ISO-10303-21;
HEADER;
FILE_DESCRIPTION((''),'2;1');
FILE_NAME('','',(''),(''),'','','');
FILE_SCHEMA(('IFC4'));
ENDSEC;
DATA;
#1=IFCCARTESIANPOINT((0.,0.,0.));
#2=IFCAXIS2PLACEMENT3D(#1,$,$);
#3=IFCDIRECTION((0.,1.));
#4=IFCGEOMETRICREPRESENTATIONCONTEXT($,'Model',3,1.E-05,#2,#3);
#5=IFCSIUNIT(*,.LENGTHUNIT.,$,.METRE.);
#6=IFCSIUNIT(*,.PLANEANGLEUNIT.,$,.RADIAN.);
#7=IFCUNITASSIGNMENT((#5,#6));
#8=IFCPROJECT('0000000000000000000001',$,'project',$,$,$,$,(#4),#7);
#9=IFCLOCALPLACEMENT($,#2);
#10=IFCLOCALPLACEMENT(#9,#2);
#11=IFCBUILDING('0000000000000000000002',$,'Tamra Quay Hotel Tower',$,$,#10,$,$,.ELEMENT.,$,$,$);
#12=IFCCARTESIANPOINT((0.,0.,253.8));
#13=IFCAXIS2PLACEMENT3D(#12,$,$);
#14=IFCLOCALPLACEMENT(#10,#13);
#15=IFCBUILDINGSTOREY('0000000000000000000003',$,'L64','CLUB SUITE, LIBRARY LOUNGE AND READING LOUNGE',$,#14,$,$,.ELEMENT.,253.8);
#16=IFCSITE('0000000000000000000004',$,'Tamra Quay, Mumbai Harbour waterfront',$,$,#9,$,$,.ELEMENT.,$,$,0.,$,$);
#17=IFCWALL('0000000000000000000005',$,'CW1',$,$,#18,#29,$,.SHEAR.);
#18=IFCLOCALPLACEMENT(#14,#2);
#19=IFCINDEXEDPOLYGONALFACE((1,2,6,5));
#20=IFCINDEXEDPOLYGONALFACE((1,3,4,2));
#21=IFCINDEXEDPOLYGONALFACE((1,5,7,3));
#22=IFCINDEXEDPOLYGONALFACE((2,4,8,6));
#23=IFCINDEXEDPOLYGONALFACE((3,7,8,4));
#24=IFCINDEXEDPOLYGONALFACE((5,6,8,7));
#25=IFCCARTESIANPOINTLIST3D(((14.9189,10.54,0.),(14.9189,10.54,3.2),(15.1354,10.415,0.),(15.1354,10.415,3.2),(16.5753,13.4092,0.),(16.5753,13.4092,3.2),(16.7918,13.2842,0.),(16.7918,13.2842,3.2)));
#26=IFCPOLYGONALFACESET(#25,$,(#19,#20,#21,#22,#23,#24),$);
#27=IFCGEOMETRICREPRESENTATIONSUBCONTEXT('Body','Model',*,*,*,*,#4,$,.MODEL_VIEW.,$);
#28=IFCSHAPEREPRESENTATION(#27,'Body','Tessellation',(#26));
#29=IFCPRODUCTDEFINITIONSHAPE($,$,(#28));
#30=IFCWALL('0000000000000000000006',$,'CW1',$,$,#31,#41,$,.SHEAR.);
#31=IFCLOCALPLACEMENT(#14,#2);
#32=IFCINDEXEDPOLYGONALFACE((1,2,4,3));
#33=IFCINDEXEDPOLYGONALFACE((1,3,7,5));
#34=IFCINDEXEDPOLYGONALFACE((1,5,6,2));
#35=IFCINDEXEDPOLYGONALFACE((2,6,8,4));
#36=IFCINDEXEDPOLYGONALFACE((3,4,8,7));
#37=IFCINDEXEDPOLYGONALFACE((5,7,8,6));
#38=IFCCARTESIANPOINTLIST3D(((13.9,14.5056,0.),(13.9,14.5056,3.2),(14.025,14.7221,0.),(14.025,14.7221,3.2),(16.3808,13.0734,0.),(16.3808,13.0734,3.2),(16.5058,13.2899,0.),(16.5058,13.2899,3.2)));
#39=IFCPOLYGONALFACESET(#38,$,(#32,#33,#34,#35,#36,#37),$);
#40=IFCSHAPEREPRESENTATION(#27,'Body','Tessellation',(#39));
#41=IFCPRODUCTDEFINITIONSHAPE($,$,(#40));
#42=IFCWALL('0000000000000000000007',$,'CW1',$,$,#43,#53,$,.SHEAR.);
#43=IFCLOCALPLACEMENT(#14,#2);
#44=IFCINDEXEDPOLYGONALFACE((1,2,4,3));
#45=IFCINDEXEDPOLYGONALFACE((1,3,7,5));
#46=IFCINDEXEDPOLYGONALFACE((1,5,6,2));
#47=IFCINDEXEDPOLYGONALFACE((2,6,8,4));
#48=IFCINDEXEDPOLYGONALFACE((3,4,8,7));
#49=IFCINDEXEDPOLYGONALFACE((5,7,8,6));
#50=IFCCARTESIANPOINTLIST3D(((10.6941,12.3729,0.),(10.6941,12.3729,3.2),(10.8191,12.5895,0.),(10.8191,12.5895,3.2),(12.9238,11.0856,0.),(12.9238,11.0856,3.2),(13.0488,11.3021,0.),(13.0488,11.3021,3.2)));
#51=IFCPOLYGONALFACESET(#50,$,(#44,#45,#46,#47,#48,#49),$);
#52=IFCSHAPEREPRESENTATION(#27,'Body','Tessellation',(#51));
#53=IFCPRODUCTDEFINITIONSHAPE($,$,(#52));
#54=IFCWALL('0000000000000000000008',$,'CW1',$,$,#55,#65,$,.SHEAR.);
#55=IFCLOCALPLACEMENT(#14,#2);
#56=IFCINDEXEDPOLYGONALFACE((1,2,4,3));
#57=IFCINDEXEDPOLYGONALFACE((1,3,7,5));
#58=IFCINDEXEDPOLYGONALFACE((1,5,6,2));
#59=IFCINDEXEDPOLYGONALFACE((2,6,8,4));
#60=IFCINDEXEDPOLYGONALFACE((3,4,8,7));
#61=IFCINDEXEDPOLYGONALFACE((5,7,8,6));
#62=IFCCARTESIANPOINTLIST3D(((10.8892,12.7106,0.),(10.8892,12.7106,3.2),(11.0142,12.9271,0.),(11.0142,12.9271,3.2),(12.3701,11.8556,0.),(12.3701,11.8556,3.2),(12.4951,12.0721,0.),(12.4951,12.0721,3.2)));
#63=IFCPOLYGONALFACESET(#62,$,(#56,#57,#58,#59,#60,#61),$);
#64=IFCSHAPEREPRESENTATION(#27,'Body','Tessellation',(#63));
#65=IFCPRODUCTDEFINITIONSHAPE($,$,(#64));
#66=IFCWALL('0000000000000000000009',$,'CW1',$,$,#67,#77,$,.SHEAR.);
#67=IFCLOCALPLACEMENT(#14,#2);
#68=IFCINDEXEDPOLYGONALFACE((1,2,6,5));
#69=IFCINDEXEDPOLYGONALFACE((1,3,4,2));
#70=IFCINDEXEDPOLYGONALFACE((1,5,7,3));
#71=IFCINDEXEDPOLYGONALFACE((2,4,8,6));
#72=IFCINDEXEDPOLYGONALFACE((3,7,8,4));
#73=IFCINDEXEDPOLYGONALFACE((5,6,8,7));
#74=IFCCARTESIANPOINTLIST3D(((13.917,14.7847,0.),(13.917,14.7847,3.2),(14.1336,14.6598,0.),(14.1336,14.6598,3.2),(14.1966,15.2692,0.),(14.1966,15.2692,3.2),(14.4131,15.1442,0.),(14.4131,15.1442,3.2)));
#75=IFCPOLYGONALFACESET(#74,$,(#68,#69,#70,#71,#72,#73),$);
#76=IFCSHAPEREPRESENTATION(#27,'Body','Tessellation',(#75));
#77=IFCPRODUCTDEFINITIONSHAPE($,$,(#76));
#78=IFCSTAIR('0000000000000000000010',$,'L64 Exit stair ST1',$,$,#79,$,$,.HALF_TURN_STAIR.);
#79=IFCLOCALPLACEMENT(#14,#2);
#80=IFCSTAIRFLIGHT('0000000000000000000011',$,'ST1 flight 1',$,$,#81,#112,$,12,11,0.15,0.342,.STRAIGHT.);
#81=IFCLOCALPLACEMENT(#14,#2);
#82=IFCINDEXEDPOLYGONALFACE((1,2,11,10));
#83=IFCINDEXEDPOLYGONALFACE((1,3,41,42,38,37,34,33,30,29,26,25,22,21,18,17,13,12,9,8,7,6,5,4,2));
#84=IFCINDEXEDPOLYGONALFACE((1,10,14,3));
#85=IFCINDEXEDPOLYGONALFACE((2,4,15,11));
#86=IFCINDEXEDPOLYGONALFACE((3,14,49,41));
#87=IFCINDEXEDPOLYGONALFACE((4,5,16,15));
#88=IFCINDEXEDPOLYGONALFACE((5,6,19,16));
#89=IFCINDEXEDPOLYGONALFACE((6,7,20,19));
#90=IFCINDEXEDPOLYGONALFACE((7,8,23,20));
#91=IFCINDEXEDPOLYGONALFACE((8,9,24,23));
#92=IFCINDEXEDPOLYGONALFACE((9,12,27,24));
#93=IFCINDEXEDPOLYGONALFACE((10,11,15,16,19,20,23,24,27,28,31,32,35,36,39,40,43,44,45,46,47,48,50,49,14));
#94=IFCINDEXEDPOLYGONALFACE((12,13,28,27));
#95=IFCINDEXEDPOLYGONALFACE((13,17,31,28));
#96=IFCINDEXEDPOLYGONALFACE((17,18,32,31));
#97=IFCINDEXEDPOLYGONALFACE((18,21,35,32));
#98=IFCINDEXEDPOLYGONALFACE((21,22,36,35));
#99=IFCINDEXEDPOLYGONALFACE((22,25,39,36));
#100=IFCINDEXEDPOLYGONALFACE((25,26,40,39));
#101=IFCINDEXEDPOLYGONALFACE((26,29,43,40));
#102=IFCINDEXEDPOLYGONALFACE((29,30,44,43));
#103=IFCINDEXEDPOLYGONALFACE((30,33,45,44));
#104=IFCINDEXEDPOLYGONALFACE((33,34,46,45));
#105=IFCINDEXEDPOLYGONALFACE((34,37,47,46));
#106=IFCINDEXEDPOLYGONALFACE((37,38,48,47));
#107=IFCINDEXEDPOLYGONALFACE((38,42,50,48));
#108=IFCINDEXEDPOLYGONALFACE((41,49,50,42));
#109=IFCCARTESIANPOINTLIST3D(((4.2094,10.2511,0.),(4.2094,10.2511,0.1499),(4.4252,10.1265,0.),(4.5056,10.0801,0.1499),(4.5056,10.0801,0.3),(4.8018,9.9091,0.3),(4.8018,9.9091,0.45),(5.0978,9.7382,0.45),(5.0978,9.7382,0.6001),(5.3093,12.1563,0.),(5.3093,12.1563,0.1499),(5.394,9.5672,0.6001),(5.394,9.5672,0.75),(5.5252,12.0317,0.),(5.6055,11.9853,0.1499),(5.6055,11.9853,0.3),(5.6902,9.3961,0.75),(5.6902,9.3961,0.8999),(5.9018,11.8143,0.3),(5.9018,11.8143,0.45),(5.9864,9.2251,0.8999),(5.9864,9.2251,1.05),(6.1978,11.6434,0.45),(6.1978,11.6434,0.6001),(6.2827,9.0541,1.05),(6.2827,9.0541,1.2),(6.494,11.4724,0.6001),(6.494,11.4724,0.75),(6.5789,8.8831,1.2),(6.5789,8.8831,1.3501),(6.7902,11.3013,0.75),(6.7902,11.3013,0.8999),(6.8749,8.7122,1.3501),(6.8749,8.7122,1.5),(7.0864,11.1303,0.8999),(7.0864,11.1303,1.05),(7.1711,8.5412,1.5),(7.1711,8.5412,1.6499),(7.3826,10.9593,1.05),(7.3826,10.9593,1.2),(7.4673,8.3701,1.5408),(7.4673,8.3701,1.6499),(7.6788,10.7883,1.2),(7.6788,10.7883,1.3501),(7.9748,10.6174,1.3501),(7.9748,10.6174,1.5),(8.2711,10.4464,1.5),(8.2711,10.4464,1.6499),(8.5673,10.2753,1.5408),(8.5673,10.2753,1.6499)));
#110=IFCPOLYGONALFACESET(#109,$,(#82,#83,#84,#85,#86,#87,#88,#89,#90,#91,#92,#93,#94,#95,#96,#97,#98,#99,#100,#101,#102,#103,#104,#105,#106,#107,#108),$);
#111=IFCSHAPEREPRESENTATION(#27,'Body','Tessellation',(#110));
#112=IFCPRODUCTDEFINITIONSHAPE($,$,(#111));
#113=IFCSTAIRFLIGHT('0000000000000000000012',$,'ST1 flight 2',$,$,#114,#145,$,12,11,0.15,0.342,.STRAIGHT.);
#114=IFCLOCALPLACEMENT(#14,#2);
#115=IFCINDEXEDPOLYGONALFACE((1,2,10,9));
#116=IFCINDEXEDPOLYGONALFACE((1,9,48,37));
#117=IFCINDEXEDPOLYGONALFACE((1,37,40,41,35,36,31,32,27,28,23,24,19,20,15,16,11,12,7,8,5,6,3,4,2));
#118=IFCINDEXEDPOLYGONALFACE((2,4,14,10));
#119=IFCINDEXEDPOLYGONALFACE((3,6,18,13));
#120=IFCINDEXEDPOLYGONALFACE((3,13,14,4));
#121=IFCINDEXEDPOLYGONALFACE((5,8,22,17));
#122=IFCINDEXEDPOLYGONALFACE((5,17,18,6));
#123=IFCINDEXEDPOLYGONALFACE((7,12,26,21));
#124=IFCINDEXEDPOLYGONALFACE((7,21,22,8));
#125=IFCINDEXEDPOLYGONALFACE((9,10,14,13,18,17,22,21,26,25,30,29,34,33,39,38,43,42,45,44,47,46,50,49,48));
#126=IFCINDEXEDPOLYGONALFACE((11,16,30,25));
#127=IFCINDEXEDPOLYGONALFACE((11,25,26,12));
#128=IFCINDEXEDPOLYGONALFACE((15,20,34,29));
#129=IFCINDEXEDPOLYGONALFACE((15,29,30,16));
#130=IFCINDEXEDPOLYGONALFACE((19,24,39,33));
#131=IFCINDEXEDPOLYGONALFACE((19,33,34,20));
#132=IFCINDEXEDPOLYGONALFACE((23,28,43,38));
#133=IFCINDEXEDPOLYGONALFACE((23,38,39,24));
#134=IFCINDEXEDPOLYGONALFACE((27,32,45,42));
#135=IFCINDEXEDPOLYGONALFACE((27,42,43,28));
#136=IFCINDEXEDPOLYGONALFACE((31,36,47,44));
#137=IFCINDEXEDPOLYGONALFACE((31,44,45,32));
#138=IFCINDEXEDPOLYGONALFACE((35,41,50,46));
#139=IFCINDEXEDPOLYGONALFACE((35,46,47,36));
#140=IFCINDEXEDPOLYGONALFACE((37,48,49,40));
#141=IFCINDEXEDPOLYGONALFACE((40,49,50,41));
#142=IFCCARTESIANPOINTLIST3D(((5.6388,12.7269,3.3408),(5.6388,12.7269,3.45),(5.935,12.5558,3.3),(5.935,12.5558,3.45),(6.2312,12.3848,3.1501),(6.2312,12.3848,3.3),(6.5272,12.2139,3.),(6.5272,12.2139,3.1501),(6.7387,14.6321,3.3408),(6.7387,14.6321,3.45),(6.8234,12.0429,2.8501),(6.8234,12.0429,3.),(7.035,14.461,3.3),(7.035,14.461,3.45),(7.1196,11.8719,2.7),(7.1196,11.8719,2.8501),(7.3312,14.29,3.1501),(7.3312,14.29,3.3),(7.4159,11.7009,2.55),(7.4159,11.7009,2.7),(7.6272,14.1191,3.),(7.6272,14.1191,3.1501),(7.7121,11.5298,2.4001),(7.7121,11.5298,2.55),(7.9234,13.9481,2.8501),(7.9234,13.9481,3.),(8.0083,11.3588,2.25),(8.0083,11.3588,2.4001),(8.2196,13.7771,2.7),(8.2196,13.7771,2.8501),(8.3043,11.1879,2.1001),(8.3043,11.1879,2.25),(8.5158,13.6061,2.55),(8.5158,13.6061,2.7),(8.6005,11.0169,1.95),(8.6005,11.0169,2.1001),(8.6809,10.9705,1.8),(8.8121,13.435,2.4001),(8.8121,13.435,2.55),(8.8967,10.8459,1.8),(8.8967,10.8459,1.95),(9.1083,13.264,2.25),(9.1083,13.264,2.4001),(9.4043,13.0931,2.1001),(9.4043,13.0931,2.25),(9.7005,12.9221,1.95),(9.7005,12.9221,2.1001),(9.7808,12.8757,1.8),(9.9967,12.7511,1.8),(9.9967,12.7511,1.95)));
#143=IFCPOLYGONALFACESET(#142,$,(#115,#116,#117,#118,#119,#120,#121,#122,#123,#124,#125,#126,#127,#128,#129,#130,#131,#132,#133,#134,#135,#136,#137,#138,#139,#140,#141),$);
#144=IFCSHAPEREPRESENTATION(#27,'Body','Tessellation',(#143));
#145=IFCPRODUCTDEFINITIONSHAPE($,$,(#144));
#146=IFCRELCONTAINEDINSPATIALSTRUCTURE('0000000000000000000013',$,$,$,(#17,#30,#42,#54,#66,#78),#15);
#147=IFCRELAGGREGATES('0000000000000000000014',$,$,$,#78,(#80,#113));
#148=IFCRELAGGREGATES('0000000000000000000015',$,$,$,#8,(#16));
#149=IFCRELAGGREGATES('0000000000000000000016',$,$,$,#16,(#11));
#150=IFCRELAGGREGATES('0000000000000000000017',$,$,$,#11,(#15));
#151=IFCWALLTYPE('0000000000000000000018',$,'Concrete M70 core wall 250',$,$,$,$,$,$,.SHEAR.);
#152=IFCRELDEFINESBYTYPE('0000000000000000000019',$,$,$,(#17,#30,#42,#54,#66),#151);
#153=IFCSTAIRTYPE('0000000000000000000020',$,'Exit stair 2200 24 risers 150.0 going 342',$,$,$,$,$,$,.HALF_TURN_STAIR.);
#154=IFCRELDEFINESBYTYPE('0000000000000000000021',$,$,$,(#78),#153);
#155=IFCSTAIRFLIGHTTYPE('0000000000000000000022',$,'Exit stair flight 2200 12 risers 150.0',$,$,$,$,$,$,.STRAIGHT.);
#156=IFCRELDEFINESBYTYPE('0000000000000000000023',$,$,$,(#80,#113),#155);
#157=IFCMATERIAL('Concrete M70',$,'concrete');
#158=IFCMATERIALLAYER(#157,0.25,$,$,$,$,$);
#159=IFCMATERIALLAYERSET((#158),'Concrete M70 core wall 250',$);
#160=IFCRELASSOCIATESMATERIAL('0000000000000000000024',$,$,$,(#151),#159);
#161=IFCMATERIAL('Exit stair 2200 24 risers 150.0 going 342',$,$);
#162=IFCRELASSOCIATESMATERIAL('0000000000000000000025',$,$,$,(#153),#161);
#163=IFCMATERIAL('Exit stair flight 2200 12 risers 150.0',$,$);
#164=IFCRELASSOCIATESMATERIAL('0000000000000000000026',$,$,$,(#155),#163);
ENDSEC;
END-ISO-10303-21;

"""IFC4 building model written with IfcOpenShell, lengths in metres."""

from ifc_helpers import new_model, si_unit, direction, frame, frame_2d, origin, place, context, subcontext, project, spatial, polyline, rectangle, outline, extrude, material, layer, layer_set, type_object, element, aggregate, save


model = new_model("IFC4")

# Units and contexts
model_context = context("Model", 3, precision=1e-05, world=origin(), true_north=direction((0.0, 1.0)))
body_context = subcontext(model_context, "Body", "Model", "MODEL_VIEW")
ifc_project = project(units=[si_unit("LENGTHUNIT", "METRE"), si_unit("PLANEANGLEUNIT", "RADIAN")], contexts=[model_context])

# Site, building, storey
site_placement = place(None, origin())
site = spatial("IfcSite", under=ifc_project, at=site_placement, Name="Tamra Quay, Mumbai Harbour waterfront", CompositionType="ELEMENT", RefElevation=0.0)
building_placement = place(site_placement, origin())
building = spatial("IfcBuilding", under=site, at=building_placement, Name="Tamra Quay Hotel Tower", CompositionType="ELEMENT")
storey_placement = place(building_placement, frame((0.0, 0.0, 253.8)))
storey = spatial("IfcBuildingStorey", under=building, at=storey_placement, Name="L64", Description="CLUB SUITE, LIBRARY LOUNGE AND READING LOUNGE", CompositionType="ELEMENT", Elevation=253.8)

# Shared definitions
ifc_material_1 = material(Name="Concrete M70", Category="concrete")

# Walls
ifc_layer_1 = layer(ifc_material_1, 0.25)
ifc_layer_set_1 = layer_set([ifc_layer_1], Name="Concrete M70 core wall 250")
wall_type_1 = type_object("IfcWallType", Name="Concrete M70 core wall 250", PredefinedType="SHEAR", material=ifc_layer_set_1)
wall_1_placement = place(storey_placement, frame((16.6836, 13.3467, 0.0), z_axis=(0.0, 0.0, 1.0), x_axis=(-0.499999, -0.866026, 0.0)))
element("IfcWall", 1, at=wall_1_placement, inside=storey, type_object=wall_type_1, Name="CW1", PredefinedType="SHEAR", context=body_context, shape_type="SweptSolid", body=[
    extrude(rectangle(XDim=3.313, YDim=0.25, at=frame_2d((1.6565, 0.0))), origin(), (0.0, 0.0, 1.0), 3.2),
])
wall_2_placement = place(storey_placement, frame((13.9626, 14.6138, 0.0), z_axis=(0.0, 0.0, 1.0), x_axis=(0.866042, -0.499971, 0.0)))
element("IfcWall", 2, at=wall_2_placement, inside=storey, type_object=wall_type_1, Name="CW1", PredefinedType="SHEAR", context=body_context, shape_type="SweptSolid", body=[
    extrude(rectangle(XDim=2.8645, YDim=0.25, at=frame_2d((1.4321, 0.0))), origin(), (0.0, 0.0, 1.0), 3.2),
])
wall_3_placement = place(storey_placement, frame((10.7566, 12.4812, 0.0), z_axis=(0.0, 0.0, 1.0), x_axis=(0.866023, -0.500004, 0.0)))
element("IfcWall", 3, at=wall_3_placement, inside=storey, type_object=wall_type_1, Name="CW1", PredefinedType="SHEAR", context=body_context, shape_type="SweptSolid", body=[
    extrude(rectangle(XDim=2.5747, YDim=0.25, at=frame_2d((1.2874, 0.0))), origin(), (0.0, 0.0, 1.0), 3.2),
])
wall_4_placement = place(storey_placement, frame((12.4326, 11.9639, 0.0), z_axis=(0.0, 0.0, 1.0), x_axis=(-0.866038, 0.499978, 0.0)))
element("IfcWall", 4, at=wall_4_placement, inside=storey, type_object=wall_type_1, Name="CW1", PredefinedType="SHEAR", context=body_context, shape_type="SweptSolid", body=[
    extrude(rectangle(XDim=1.71, YDim=0.25, at=frame_2d((0.855, 0.0))), origin(), (0.0, 0.0, 1.0), 3.2),
])
wall_5_placement = place(storey_placement, frame((14.3049, 15.2068, 0.0), z_axis=(0.0, 0.0, 1.0), x_axis=(-0.499848, -0.866113, 0.0)))
element("IfcWall", 5, at=wall_5_placement, inside=storey, type_object=wall_type_1, Name="CW1", PredefinedType="SHEAR", context=body_context, shape_type="SweptSolid", body=[
    extrude(rectangle(XDim=0.5593, YDim=0.25, at=frame_2d((0.2798, 0.0))), origin(), (0.0, 0.0, 1.0), 3.2),
])

# Stair, stair flights
ifc_material_2 = material(Name="Exit stair 2200 24 risers 150.0 going 342")
stair_type = type_object("IfcStairType", Name="Exit stair 2200 24 risers 150.0 going 342", PredefinedType="HALF_TURN_STAIR", material=ifc_material_2)
stair_placement = place(storey_placement, origin())
stair = element("IfcStair", 6, at=stair_placement, inside=storey, type_object=stair_type, Name="L64 Exit stair ST1", PredefinedType="HALF_TURN_STAIR")
ifc_material_3 = material(Name="Exit stair flight 2200 12 risers 150.0")
stair_flight_type = type_object("IfcStairFlightType", Name="Exit stair flight 2200 12 risers 150.0", PredefinedType="STRAIGHT", material=ifc_material_3)
stair_flight_1_placement = place(storey_placement, frame((4.7593, 11.2036, 0.0), z_axis=(0.0, 0.0, 1.0), x_axis=(0.866025, -0.5, 0.0)))
stair_flight_1 = element("IfcStairFlight", 7, at=stair_flight_1_placement, type_object=stair_flight_type, Name="ST1 flight 1", NumberOfRisers=12, NumberOfTreads=11, PredefinedType="STRAIGHT", RiserHeight=0.15, TreadLength=0.342, context=body_context, shape_type="SweptSolid", body=[
    extrude(outline(polyline([(0.0, 0.0), (0.0, 0.1499), (0.342, 0.1499), (0.342, 0.3), (0.6841, 0.3), (0.6841, 0.45), (1.0259, 0.45), (1.0259, 0.6001), (1.3679, 0.6001), (1.3679, 0.75), (1.71, 0.75), (1.71, 0.8999), (2.052, 0.8999), (2.052, 1.05), (2.394, 1.05), (2.394, 1.2), (2.7361, 1.2), (2.7361, 1.3501), (3.0779, 1.3501), (3.0779, 1.5), (3.4199, 1.5), (3.4199, 1.6499), (3.762, 1.6499), (3.762, 1.8), (3.762, 1.5408), (0.2493, 0.0), (0.0, 0.0)])), frame((0.0, 1.1001, 0.0), z_axis=(0.0, -1.0, 0.0), x_axis=(1.0, 0.0, 0.0)), (0.0, 0.0, 1.0), 2.2),
])
stair_flight_2_placement = place(storey_placement, frame((9.4468, 11.7986, 1.8), z_axis=(0.0, 0.0, 1.0), x_axis=(-0.866025, 0.5, 0.0)))
stair_flight_2 = element("IfcStairFlight", 8, at=stair_flight_2_placement, type_object=stair_flight_type, Name="ST1 flight 2", NumberOfRisers=12, NumberOfTreads=11, PredefinedType="STRAIGHT", RiserHeight=0.15, TreadLength=0.342, context=body_context, shape_type="SweptSolid", body=[
    extrude(outline(polyline([(0.0, 0.0), (0.0, 0.1499), (0.342, 0.1499), (0.342, 0.3), (0.6841, 0.3), (0.6841, 0.45), (1.0259, 0.45), (1.0259, 0.6001), (1.3679, 0.6001), (1.3679, 0.75), (1.71, 0.75), (1.71, 0.8999), (2.052, 0.8999), (2.052, 1.05), (2.394, 1.05), (2.394, 1.2), (2.7361, 1.2), (2.7361, 1.3501), (3.0779, 1.3501), (3.0779, 1.5), (3.4199, 1.5), (3.4199, 1.6499), (3.762, 1.6499), (3.762, 1.8), (3.762, 1.5408), (0.2493, 0.0), (0.0, 0.0)])), frame((0.0, 1.1001, 0.0), z_axis=(0.0, -1.0, 0.0), x_axis=(1.0, 0.0, 0.0)), (0.0, 0.0, 1.0), 2.2),
])
aggregate(stair, [stair_flight_1, stair_flight_2])

save(model, "model.ifc")
